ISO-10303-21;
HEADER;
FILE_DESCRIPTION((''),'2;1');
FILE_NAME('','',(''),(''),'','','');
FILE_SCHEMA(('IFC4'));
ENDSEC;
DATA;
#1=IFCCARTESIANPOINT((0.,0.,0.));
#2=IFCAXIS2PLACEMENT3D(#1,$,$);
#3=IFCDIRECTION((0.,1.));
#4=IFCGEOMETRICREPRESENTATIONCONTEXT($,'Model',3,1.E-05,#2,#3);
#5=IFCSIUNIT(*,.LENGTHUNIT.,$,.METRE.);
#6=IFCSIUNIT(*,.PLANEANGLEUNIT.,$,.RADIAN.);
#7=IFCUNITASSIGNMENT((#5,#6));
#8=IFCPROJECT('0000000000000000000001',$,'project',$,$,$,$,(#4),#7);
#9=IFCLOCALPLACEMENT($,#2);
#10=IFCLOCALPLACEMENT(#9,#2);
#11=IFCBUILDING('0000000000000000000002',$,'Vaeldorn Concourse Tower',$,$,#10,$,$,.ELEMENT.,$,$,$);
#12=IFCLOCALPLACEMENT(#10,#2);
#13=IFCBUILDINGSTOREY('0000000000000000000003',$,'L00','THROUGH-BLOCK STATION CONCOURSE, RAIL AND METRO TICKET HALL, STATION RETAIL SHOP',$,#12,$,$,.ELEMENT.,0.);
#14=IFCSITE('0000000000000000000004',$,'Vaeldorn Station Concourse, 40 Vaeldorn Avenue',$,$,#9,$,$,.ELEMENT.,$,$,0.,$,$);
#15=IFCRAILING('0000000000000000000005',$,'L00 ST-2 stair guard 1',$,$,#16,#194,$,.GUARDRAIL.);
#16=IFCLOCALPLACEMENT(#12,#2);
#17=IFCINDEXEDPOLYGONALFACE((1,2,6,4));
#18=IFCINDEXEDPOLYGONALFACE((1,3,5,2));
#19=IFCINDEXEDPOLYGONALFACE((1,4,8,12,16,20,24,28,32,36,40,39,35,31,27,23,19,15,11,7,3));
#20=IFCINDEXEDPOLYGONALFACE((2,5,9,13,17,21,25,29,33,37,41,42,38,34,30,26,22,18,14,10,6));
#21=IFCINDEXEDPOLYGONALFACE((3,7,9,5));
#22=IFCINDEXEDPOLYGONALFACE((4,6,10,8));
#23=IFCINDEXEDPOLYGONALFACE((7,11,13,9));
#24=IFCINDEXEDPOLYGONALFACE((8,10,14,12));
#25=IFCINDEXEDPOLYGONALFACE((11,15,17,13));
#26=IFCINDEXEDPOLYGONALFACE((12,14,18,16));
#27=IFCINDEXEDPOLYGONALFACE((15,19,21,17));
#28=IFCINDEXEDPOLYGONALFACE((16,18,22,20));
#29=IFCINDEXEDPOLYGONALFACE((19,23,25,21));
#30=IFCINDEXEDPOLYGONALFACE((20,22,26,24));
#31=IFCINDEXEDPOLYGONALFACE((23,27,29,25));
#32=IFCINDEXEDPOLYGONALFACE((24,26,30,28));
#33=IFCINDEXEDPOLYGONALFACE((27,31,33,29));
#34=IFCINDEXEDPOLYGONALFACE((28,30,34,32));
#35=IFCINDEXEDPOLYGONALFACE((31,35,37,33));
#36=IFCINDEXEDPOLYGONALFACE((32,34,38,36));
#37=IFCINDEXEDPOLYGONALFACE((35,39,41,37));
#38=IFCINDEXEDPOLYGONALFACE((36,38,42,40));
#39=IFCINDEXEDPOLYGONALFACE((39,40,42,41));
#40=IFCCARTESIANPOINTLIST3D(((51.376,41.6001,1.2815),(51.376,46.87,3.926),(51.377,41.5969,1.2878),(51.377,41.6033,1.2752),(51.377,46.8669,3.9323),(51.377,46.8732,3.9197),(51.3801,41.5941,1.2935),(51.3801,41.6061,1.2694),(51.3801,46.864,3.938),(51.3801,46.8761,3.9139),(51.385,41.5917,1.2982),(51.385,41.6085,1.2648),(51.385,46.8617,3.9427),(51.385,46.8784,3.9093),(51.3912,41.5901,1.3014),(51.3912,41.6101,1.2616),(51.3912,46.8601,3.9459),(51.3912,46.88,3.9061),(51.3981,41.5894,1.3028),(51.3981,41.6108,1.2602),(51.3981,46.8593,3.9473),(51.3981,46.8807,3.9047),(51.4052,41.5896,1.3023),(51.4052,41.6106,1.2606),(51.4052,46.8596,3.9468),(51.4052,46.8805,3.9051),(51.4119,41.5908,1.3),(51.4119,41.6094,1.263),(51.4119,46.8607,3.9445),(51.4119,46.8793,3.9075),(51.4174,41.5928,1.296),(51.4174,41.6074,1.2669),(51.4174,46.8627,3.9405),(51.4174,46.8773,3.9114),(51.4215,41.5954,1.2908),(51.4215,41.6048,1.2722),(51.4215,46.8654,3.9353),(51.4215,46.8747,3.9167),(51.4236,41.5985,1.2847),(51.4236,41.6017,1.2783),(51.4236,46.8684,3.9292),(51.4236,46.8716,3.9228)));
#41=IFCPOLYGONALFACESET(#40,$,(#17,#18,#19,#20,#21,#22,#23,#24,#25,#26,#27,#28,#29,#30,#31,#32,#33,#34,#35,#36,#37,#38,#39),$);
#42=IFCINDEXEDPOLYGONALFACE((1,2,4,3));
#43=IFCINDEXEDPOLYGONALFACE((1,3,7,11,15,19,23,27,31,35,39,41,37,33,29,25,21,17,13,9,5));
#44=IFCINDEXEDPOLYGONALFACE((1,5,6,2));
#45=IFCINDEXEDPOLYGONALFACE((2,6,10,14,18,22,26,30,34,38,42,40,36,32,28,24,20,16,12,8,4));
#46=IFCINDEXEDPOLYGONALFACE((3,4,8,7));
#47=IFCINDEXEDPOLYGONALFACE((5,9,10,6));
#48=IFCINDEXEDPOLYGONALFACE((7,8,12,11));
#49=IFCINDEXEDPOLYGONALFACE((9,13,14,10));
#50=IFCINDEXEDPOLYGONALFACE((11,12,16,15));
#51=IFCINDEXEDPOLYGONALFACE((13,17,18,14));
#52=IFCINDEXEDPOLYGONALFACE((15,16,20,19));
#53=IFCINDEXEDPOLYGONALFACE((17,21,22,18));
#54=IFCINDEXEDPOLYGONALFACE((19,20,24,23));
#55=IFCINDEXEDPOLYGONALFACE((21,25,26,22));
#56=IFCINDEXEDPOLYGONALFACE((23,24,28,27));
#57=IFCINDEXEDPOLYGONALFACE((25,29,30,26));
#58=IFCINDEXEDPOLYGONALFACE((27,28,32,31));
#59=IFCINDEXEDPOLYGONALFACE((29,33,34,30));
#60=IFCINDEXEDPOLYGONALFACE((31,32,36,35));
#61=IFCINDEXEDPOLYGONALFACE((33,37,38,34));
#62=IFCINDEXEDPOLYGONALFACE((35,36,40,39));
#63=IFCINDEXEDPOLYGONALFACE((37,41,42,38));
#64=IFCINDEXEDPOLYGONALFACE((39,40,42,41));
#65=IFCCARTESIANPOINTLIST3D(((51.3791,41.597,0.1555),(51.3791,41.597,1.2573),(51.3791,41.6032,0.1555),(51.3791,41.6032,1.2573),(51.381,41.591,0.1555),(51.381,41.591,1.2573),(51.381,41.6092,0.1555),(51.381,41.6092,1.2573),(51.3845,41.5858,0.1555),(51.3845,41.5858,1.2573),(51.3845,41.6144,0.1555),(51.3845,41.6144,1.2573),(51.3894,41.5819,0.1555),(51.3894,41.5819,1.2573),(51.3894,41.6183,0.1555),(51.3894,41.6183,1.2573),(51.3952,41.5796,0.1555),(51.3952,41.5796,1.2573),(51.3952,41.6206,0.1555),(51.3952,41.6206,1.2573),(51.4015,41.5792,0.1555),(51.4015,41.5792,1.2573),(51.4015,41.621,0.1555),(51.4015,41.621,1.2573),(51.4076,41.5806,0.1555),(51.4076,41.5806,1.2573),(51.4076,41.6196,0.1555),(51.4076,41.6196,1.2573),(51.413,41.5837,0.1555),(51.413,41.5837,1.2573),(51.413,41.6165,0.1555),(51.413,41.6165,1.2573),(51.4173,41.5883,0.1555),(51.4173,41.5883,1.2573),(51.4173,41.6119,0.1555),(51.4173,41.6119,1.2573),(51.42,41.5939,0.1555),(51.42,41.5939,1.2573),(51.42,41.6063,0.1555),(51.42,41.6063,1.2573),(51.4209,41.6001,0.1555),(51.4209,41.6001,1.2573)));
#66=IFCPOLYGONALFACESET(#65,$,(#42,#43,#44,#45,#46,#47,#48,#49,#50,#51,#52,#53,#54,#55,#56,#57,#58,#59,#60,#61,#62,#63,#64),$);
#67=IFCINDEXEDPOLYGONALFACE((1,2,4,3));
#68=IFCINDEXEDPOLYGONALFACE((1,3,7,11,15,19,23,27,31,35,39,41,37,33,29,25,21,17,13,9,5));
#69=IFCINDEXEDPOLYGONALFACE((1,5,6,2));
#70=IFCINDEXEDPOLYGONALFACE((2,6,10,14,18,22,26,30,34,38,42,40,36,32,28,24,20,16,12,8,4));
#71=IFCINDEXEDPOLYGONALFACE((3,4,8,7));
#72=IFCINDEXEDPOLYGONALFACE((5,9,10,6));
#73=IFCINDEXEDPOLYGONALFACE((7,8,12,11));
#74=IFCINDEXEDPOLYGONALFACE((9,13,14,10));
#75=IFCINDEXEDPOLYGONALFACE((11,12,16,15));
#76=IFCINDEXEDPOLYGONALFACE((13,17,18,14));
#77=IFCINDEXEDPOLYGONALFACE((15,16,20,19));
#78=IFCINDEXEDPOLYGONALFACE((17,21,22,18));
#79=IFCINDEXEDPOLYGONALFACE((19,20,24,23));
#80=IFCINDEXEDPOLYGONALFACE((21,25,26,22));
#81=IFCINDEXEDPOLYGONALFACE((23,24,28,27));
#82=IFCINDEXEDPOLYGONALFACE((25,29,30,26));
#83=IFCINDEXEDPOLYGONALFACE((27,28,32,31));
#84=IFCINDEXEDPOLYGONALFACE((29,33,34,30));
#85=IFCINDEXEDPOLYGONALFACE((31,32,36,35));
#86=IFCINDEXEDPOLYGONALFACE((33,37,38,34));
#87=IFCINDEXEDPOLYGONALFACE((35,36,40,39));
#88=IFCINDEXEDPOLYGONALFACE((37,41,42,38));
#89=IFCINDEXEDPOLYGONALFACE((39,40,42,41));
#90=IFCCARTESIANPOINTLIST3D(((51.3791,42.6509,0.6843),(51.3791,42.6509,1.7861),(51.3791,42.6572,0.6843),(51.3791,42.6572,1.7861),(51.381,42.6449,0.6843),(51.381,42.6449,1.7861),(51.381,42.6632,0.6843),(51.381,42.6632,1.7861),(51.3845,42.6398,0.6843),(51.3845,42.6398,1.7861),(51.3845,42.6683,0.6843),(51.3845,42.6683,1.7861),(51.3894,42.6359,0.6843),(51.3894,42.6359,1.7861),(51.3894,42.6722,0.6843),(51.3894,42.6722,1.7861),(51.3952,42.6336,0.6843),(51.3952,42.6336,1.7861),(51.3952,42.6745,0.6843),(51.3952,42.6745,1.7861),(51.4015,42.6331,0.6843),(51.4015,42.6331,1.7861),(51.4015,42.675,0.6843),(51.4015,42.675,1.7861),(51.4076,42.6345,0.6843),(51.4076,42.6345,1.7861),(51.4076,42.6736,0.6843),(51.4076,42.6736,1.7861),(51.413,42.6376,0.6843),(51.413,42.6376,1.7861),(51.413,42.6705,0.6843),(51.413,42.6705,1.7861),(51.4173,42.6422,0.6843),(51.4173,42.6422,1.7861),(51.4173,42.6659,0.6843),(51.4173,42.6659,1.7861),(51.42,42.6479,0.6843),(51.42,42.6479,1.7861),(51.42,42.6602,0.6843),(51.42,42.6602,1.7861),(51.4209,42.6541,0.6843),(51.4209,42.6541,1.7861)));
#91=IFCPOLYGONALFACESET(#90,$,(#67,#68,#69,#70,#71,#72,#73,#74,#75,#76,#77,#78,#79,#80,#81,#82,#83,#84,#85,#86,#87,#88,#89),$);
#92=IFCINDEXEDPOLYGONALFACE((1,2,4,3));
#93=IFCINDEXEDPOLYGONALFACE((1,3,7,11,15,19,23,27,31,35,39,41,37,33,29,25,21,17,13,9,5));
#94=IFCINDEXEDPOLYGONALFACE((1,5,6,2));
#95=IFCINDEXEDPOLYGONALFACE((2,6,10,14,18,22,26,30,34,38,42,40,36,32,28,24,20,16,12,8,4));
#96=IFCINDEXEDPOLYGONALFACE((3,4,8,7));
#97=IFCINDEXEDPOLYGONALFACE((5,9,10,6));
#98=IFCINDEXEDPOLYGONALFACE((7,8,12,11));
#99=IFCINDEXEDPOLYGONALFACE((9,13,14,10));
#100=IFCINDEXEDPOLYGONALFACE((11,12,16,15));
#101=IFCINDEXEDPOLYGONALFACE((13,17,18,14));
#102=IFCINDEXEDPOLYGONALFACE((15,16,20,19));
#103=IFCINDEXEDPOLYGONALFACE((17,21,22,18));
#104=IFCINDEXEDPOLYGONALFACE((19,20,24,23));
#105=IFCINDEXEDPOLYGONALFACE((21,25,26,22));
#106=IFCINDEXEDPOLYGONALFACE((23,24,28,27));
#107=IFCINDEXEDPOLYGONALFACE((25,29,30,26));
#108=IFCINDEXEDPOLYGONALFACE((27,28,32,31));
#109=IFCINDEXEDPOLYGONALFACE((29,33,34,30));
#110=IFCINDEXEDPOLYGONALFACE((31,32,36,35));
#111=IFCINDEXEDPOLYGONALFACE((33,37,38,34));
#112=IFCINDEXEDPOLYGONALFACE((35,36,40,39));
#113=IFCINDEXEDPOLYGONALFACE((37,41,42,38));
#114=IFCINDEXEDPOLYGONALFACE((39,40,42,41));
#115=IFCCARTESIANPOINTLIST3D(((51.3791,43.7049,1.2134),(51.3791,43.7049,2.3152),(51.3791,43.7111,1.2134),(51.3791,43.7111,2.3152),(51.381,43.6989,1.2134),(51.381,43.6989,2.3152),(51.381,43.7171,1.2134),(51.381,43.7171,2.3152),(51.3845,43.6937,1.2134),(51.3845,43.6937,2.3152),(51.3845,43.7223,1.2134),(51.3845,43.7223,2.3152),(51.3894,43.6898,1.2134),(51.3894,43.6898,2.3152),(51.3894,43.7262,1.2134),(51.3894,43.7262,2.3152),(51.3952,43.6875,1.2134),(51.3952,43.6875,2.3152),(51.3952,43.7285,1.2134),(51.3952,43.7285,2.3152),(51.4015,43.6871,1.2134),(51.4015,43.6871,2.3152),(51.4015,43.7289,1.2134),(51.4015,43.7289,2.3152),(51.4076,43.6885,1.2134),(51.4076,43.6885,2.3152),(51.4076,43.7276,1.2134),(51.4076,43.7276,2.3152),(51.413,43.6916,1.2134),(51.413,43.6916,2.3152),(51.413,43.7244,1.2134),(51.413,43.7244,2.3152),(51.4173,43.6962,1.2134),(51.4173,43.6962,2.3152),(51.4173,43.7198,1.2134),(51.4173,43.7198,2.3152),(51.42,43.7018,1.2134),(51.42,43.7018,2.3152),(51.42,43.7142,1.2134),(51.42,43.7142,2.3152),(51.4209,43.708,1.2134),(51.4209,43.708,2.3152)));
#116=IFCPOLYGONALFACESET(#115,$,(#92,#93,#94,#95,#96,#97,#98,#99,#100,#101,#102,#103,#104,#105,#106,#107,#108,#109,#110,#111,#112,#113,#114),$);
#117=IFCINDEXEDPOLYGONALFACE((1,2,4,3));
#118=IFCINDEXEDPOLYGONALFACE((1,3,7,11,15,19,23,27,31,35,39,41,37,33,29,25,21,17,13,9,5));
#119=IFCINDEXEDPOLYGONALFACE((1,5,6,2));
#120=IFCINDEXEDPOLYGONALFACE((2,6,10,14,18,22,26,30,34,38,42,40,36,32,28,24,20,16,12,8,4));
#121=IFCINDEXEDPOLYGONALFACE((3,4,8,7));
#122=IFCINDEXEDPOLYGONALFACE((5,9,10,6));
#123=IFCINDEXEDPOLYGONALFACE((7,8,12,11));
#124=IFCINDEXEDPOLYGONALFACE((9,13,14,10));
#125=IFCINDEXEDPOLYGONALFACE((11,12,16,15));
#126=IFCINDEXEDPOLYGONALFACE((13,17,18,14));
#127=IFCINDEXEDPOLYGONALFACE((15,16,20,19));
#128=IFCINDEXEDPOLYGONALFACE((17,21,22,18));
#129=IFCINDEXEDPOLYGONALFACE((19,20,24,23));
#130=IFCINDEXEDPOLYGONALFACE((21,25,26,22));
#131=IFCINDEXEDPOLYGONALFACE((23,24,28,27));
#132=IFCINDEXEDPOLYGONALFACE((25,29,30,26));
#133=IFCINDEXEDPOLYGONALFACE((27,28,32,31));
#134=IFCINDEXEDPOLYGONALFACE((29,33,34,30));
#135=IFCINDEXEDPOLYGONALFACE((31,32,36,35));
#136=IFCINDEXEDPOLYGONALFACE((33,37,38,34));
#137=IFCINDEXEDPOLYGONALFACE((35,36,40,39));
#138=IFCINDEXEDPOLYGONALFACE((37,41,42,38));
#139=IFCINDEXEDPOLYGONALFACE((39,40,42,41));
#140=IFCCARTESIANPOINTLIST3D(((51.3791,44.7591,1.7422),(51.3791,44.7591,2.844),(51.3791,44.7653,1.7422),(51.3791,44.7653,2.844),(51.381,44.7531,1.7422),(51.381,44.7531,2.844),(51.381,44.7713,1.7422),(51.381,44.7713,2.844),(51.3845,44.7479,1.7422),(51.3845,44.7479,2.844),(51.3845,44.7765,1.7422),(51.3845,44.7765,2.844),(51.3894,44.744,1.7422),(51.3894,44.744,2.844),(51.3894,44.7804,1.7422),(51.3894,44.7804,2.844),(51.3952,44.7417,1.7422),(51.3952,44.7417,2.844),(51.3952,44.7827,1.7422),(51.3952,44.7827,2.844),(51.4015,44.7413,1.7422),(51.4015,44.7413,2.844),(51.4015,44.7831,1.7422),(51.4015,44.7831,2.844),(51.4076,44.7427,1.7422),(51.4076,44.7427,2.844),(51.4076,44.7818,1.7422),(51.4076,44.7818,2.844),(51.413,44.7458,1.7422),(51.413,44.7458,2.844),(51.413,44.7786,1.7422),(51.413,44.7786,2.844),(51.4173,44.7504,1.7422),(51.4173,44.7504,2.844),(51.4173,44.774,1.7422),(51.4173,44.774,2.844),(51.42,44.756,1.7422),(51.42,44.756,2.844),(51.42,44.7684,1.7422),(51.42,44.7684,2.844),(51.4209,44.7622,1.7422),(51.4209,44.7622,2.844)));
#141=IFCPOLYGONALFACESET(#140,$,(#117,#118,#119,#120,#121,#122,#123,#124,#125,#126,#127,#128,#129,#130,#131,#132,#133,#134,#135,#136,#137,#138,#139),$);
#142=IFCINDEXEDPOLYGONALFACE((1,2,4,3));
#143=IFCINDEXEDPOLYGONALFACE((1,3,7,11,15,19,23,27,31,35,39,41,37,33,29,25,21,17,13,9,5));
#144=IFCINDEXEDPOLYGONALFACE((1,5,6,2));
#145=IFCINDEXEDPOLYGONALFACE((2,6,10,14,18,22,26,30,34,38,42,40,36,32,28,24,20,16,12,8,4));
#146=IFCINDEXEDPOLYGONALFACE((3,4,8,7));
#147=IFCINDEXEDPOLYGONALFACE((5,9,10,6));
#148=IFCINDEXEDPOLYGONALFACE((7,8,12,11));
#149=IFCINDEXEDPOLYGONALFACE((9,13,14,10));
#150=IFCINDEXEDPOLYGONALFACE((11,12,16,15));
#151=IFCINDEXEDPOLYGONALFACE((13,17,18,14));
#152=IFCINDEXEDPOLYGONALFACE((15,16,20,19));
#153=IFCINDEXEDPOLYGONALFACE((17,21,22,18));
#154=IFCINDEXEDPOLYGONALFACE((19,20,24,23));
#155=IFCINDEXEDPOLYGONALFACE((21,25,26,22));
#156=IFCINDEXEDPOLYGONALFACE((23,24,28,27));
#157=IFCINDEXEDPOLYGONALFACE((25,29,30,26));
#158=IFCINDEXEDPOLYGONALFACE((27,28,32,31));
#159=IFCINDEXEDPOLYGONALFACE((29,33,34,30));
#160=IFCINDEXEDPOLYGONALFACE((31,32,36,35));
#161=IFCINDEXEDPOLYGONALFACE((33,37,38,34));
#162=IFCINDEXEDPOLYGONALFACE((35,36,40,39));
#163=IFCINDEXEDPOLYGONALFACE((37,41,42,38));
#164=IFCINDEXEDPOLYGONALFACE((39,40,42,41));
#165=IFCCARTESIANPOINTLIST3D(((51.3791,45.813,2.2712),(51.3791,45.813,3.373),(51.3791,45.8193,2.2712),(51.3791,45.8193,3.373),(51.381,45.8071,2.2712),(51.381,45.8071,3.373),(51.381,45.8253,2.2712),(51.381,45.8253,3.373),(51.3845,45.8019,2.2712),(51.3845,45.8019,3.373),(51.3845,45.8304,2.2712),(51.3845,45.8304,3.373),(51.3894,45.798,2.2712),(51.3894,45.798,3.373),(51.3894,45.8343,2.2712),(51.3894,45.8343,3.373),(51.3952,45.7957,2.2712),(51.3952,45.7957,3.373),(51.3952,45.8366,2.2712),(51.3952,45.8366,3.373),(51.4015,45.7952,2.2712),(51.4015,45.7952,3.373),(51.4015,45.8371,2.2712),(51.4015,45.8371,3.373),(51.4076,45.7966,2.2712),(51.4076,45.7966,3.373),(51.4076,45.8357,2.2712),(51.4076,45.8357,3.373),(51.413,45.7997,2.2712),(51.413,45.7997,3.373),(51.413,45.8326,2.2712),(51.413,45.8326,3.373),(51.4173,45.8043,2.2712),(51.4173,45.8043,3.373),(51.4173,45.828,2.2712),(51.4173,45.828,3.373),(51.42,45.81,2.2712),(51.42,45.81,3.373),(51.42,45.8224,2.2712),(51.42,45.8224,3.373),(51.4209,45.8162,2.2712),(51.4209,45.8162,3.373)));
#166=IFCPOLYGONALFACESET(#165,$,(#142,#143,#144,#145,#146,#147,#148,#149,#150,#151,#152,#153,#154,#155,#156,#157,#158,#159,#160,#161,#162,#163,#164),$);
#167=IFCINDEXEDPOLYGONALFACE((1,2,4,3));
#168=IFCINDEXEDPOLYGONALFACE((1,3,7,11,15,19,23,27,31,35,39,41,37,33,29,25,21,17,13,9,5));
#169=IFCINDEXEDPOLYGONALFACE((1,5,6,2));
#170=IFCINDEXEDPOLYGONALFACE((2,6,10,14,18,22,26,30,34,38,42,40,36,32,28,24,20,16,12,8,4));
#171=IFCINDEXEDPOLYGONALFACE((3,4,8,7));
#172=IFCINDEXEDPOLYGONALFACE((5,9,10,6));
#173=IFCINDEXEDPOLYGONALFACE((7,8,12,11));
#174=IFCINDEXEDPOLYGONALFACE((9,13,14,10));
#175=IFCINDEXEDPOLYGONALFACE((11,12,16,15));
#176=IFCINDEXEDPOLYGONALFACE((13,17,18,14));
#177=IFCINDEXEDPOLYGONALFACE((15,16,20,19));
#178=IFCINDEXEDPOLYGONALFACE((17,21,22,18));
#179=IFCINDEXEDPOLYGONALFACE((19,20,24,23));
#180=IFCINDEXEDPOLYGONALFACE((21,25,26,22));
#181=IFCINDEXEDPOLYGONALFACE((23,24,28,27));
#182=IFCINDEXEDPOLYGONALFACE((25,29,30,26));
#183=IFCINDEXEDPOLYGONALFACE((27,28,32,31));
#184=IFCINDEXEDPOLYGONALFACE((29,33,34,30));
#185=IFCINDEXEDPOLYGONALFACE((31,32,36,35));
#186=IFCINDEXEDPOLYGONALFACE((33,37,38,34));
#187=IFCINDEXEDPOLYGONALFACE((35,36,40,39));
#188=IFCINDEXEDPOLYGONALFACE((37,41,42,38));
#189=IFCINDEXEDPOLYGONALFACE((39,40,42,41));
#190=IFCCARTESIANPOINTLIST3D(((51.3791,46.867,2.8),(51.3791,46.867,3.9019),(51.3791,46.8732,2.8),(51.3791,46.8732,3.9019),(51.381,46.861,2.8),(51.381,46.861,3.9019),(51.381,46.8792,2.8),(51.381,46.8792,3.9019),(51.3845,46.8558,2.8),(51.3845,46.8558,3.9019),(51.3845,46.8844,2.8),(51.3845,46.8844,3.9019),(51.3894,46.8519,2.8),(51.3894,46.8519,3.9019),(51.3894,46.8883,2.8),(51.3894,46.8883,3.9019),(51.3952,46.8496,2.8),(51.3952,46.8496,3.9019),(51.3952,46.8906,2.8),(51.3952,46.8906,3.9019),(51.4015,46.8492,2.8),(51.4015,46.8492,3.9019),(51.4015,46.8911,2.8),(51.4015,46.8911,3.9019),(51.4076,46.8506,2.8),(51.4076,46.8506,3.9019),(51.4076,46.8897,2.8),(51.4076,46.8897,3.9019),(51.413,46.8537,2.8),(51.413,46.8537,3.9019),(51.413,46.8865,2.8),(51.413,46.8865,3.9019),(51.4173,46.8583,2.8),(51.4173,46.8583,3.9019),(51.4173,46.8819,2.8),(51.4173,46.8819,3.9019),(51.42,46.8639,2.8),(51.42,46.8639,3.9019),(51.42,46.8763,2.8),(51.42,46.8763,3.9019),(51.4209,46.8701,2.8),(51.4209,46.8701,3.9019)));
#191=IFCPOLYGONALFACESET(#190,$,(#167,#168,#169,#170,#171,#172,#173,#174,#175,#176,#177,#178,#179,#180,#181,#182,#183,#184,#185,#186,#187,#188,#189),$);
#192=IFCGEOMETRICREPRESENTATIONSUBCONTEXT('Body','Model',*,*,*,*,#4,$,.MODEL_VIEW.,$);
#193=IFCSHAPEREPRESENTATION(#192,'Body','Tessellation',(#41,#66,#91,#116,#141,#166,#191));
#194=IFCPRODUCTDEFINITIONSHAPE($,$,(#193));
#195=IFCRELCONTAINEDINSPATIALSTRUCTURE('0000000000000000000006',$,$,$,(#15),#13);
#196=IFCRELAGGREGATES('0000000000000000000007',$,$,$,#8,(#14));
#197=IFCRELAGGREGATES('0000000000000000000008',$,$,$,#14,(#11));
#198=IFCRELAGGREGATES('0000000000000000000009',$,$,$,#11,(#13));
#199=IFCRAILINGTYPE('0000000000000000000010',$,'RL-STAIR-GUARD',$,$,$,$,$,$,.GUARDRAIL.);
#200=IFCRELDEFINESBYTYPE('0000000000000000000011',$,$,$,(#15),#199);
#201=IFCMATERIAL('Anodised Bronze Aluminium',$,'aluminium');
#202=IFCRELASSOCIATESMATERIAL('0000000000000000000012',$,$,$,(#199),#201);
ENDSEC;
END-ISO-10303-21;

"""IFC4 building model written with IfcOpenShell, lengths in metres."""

from ifc_helpers import new_model, si_unit, direction, frame, origin, origin_2d, place, context, subcontext, project, spatial, circle, extrude, material, type_object, element, save


model = new_model("IFC4")

# Units and contexts
model_context = context("Model", 3, precision=1e-05, world=origin(), true_north=direction((0.0, 1.0)))
body_context = subcontext(model_context, "Body", "Model", "MODEL_VIEW")
ifc_project = project(units=[si_unit("LENGTHUNIT", "METRE"), si_unit("PLANEANGLEUNIT", "RADIAN")], contexts=[model_context])

# Site, building, storey
site_placement = place(None, origin())
site = spatial("IfcSite", under=ifc_project, at=site_placement, Name="Vaeldorn Station Concourse, 40 Vaeldorn Avenue", CompositionType="ELEMENT", RefElevation=0.0)
building_placement = place(site_placement, origin())
building = spatial("IfcBuilding", under=site, at=building_placement, Name="Vaeldorn Concourse Tower", CompositionType="ELEMENT")
storey_placement = place(building_placement, origin())
storey = spatial("IfcBuildingStorey", under=building, at=storey_placement, Name="L00", Description="THROUGH-BLOCK STATION CONCOURSE, RAIL AND METRO TICKET HALL, STATION RETAIL SHOP", CompositionType="ELEMENT", Elevation=0.0)

# Shared definitions
ifc_material_1 = material(Name="Anodised Bronze Aluminium", Category="aluminium")

# Railing
railing_type_1 = type_object("IfcRailingType", Name="RL-STAIR-GUARD", PredefinedType="GUARDRAIL", material=ifc_material_1)
railing_1_placement = place(storey_placement, frame((51.3999, 41.6001, 0.1555)))
element("IfcRailing", 1, at=railing_1_placement, inside=storey, type_object=railing_type_1, Name="L00 ST-2 stair guard 1", PredefinedType="GUARDRAIL", context=body_context, shape_type="SweptSolid", body=[
    extrude(circle(Radius=0.0239, at=origin_2d()), frame((0.0, 0.0, 1.126), z_axis=(0.0, 0.89378, 0.448505), x_axis=(-1.0, 0.0, 0.0)), (0.0, 0.0, 1.0), 5.8962),
    extrude(circle(Radius=0.021, at=origin_2d()), origin(), (0.0, 0.0, 1.0), 1.1018),
    extrude(circle(Radius=0.021, at=origin_2d()), frame((0.0, 1.054, 0.5288)), (0.0, 0.0, 1.0), 1.1018),
    extrude(circle(Radius=0.021, at=origin_2d()), frame((0.0, 2.1079, 1.0579)), (0.0, 0.0, 1.0), 1.1018),
    extrude(circle(Radius=0.021, at=origin_2d()), frame((0.0, 3.1621, 1.5867)), (0.0, 0.0, 1.0), 1.1018),
    extrude(circle(Radius=0.021, at=origin_2d()), frame((0.0, 4.2161, 2.1157)), (0.0, 0.0, 1.0), 1.1018),
    extrude(circle(Radius=0.021, at=origin_2d()), frame((0.0, 5.27, 2.6445)), (0.0, 0.0, 1.0), 1.1018),
])

save(model, "model.ifc")
